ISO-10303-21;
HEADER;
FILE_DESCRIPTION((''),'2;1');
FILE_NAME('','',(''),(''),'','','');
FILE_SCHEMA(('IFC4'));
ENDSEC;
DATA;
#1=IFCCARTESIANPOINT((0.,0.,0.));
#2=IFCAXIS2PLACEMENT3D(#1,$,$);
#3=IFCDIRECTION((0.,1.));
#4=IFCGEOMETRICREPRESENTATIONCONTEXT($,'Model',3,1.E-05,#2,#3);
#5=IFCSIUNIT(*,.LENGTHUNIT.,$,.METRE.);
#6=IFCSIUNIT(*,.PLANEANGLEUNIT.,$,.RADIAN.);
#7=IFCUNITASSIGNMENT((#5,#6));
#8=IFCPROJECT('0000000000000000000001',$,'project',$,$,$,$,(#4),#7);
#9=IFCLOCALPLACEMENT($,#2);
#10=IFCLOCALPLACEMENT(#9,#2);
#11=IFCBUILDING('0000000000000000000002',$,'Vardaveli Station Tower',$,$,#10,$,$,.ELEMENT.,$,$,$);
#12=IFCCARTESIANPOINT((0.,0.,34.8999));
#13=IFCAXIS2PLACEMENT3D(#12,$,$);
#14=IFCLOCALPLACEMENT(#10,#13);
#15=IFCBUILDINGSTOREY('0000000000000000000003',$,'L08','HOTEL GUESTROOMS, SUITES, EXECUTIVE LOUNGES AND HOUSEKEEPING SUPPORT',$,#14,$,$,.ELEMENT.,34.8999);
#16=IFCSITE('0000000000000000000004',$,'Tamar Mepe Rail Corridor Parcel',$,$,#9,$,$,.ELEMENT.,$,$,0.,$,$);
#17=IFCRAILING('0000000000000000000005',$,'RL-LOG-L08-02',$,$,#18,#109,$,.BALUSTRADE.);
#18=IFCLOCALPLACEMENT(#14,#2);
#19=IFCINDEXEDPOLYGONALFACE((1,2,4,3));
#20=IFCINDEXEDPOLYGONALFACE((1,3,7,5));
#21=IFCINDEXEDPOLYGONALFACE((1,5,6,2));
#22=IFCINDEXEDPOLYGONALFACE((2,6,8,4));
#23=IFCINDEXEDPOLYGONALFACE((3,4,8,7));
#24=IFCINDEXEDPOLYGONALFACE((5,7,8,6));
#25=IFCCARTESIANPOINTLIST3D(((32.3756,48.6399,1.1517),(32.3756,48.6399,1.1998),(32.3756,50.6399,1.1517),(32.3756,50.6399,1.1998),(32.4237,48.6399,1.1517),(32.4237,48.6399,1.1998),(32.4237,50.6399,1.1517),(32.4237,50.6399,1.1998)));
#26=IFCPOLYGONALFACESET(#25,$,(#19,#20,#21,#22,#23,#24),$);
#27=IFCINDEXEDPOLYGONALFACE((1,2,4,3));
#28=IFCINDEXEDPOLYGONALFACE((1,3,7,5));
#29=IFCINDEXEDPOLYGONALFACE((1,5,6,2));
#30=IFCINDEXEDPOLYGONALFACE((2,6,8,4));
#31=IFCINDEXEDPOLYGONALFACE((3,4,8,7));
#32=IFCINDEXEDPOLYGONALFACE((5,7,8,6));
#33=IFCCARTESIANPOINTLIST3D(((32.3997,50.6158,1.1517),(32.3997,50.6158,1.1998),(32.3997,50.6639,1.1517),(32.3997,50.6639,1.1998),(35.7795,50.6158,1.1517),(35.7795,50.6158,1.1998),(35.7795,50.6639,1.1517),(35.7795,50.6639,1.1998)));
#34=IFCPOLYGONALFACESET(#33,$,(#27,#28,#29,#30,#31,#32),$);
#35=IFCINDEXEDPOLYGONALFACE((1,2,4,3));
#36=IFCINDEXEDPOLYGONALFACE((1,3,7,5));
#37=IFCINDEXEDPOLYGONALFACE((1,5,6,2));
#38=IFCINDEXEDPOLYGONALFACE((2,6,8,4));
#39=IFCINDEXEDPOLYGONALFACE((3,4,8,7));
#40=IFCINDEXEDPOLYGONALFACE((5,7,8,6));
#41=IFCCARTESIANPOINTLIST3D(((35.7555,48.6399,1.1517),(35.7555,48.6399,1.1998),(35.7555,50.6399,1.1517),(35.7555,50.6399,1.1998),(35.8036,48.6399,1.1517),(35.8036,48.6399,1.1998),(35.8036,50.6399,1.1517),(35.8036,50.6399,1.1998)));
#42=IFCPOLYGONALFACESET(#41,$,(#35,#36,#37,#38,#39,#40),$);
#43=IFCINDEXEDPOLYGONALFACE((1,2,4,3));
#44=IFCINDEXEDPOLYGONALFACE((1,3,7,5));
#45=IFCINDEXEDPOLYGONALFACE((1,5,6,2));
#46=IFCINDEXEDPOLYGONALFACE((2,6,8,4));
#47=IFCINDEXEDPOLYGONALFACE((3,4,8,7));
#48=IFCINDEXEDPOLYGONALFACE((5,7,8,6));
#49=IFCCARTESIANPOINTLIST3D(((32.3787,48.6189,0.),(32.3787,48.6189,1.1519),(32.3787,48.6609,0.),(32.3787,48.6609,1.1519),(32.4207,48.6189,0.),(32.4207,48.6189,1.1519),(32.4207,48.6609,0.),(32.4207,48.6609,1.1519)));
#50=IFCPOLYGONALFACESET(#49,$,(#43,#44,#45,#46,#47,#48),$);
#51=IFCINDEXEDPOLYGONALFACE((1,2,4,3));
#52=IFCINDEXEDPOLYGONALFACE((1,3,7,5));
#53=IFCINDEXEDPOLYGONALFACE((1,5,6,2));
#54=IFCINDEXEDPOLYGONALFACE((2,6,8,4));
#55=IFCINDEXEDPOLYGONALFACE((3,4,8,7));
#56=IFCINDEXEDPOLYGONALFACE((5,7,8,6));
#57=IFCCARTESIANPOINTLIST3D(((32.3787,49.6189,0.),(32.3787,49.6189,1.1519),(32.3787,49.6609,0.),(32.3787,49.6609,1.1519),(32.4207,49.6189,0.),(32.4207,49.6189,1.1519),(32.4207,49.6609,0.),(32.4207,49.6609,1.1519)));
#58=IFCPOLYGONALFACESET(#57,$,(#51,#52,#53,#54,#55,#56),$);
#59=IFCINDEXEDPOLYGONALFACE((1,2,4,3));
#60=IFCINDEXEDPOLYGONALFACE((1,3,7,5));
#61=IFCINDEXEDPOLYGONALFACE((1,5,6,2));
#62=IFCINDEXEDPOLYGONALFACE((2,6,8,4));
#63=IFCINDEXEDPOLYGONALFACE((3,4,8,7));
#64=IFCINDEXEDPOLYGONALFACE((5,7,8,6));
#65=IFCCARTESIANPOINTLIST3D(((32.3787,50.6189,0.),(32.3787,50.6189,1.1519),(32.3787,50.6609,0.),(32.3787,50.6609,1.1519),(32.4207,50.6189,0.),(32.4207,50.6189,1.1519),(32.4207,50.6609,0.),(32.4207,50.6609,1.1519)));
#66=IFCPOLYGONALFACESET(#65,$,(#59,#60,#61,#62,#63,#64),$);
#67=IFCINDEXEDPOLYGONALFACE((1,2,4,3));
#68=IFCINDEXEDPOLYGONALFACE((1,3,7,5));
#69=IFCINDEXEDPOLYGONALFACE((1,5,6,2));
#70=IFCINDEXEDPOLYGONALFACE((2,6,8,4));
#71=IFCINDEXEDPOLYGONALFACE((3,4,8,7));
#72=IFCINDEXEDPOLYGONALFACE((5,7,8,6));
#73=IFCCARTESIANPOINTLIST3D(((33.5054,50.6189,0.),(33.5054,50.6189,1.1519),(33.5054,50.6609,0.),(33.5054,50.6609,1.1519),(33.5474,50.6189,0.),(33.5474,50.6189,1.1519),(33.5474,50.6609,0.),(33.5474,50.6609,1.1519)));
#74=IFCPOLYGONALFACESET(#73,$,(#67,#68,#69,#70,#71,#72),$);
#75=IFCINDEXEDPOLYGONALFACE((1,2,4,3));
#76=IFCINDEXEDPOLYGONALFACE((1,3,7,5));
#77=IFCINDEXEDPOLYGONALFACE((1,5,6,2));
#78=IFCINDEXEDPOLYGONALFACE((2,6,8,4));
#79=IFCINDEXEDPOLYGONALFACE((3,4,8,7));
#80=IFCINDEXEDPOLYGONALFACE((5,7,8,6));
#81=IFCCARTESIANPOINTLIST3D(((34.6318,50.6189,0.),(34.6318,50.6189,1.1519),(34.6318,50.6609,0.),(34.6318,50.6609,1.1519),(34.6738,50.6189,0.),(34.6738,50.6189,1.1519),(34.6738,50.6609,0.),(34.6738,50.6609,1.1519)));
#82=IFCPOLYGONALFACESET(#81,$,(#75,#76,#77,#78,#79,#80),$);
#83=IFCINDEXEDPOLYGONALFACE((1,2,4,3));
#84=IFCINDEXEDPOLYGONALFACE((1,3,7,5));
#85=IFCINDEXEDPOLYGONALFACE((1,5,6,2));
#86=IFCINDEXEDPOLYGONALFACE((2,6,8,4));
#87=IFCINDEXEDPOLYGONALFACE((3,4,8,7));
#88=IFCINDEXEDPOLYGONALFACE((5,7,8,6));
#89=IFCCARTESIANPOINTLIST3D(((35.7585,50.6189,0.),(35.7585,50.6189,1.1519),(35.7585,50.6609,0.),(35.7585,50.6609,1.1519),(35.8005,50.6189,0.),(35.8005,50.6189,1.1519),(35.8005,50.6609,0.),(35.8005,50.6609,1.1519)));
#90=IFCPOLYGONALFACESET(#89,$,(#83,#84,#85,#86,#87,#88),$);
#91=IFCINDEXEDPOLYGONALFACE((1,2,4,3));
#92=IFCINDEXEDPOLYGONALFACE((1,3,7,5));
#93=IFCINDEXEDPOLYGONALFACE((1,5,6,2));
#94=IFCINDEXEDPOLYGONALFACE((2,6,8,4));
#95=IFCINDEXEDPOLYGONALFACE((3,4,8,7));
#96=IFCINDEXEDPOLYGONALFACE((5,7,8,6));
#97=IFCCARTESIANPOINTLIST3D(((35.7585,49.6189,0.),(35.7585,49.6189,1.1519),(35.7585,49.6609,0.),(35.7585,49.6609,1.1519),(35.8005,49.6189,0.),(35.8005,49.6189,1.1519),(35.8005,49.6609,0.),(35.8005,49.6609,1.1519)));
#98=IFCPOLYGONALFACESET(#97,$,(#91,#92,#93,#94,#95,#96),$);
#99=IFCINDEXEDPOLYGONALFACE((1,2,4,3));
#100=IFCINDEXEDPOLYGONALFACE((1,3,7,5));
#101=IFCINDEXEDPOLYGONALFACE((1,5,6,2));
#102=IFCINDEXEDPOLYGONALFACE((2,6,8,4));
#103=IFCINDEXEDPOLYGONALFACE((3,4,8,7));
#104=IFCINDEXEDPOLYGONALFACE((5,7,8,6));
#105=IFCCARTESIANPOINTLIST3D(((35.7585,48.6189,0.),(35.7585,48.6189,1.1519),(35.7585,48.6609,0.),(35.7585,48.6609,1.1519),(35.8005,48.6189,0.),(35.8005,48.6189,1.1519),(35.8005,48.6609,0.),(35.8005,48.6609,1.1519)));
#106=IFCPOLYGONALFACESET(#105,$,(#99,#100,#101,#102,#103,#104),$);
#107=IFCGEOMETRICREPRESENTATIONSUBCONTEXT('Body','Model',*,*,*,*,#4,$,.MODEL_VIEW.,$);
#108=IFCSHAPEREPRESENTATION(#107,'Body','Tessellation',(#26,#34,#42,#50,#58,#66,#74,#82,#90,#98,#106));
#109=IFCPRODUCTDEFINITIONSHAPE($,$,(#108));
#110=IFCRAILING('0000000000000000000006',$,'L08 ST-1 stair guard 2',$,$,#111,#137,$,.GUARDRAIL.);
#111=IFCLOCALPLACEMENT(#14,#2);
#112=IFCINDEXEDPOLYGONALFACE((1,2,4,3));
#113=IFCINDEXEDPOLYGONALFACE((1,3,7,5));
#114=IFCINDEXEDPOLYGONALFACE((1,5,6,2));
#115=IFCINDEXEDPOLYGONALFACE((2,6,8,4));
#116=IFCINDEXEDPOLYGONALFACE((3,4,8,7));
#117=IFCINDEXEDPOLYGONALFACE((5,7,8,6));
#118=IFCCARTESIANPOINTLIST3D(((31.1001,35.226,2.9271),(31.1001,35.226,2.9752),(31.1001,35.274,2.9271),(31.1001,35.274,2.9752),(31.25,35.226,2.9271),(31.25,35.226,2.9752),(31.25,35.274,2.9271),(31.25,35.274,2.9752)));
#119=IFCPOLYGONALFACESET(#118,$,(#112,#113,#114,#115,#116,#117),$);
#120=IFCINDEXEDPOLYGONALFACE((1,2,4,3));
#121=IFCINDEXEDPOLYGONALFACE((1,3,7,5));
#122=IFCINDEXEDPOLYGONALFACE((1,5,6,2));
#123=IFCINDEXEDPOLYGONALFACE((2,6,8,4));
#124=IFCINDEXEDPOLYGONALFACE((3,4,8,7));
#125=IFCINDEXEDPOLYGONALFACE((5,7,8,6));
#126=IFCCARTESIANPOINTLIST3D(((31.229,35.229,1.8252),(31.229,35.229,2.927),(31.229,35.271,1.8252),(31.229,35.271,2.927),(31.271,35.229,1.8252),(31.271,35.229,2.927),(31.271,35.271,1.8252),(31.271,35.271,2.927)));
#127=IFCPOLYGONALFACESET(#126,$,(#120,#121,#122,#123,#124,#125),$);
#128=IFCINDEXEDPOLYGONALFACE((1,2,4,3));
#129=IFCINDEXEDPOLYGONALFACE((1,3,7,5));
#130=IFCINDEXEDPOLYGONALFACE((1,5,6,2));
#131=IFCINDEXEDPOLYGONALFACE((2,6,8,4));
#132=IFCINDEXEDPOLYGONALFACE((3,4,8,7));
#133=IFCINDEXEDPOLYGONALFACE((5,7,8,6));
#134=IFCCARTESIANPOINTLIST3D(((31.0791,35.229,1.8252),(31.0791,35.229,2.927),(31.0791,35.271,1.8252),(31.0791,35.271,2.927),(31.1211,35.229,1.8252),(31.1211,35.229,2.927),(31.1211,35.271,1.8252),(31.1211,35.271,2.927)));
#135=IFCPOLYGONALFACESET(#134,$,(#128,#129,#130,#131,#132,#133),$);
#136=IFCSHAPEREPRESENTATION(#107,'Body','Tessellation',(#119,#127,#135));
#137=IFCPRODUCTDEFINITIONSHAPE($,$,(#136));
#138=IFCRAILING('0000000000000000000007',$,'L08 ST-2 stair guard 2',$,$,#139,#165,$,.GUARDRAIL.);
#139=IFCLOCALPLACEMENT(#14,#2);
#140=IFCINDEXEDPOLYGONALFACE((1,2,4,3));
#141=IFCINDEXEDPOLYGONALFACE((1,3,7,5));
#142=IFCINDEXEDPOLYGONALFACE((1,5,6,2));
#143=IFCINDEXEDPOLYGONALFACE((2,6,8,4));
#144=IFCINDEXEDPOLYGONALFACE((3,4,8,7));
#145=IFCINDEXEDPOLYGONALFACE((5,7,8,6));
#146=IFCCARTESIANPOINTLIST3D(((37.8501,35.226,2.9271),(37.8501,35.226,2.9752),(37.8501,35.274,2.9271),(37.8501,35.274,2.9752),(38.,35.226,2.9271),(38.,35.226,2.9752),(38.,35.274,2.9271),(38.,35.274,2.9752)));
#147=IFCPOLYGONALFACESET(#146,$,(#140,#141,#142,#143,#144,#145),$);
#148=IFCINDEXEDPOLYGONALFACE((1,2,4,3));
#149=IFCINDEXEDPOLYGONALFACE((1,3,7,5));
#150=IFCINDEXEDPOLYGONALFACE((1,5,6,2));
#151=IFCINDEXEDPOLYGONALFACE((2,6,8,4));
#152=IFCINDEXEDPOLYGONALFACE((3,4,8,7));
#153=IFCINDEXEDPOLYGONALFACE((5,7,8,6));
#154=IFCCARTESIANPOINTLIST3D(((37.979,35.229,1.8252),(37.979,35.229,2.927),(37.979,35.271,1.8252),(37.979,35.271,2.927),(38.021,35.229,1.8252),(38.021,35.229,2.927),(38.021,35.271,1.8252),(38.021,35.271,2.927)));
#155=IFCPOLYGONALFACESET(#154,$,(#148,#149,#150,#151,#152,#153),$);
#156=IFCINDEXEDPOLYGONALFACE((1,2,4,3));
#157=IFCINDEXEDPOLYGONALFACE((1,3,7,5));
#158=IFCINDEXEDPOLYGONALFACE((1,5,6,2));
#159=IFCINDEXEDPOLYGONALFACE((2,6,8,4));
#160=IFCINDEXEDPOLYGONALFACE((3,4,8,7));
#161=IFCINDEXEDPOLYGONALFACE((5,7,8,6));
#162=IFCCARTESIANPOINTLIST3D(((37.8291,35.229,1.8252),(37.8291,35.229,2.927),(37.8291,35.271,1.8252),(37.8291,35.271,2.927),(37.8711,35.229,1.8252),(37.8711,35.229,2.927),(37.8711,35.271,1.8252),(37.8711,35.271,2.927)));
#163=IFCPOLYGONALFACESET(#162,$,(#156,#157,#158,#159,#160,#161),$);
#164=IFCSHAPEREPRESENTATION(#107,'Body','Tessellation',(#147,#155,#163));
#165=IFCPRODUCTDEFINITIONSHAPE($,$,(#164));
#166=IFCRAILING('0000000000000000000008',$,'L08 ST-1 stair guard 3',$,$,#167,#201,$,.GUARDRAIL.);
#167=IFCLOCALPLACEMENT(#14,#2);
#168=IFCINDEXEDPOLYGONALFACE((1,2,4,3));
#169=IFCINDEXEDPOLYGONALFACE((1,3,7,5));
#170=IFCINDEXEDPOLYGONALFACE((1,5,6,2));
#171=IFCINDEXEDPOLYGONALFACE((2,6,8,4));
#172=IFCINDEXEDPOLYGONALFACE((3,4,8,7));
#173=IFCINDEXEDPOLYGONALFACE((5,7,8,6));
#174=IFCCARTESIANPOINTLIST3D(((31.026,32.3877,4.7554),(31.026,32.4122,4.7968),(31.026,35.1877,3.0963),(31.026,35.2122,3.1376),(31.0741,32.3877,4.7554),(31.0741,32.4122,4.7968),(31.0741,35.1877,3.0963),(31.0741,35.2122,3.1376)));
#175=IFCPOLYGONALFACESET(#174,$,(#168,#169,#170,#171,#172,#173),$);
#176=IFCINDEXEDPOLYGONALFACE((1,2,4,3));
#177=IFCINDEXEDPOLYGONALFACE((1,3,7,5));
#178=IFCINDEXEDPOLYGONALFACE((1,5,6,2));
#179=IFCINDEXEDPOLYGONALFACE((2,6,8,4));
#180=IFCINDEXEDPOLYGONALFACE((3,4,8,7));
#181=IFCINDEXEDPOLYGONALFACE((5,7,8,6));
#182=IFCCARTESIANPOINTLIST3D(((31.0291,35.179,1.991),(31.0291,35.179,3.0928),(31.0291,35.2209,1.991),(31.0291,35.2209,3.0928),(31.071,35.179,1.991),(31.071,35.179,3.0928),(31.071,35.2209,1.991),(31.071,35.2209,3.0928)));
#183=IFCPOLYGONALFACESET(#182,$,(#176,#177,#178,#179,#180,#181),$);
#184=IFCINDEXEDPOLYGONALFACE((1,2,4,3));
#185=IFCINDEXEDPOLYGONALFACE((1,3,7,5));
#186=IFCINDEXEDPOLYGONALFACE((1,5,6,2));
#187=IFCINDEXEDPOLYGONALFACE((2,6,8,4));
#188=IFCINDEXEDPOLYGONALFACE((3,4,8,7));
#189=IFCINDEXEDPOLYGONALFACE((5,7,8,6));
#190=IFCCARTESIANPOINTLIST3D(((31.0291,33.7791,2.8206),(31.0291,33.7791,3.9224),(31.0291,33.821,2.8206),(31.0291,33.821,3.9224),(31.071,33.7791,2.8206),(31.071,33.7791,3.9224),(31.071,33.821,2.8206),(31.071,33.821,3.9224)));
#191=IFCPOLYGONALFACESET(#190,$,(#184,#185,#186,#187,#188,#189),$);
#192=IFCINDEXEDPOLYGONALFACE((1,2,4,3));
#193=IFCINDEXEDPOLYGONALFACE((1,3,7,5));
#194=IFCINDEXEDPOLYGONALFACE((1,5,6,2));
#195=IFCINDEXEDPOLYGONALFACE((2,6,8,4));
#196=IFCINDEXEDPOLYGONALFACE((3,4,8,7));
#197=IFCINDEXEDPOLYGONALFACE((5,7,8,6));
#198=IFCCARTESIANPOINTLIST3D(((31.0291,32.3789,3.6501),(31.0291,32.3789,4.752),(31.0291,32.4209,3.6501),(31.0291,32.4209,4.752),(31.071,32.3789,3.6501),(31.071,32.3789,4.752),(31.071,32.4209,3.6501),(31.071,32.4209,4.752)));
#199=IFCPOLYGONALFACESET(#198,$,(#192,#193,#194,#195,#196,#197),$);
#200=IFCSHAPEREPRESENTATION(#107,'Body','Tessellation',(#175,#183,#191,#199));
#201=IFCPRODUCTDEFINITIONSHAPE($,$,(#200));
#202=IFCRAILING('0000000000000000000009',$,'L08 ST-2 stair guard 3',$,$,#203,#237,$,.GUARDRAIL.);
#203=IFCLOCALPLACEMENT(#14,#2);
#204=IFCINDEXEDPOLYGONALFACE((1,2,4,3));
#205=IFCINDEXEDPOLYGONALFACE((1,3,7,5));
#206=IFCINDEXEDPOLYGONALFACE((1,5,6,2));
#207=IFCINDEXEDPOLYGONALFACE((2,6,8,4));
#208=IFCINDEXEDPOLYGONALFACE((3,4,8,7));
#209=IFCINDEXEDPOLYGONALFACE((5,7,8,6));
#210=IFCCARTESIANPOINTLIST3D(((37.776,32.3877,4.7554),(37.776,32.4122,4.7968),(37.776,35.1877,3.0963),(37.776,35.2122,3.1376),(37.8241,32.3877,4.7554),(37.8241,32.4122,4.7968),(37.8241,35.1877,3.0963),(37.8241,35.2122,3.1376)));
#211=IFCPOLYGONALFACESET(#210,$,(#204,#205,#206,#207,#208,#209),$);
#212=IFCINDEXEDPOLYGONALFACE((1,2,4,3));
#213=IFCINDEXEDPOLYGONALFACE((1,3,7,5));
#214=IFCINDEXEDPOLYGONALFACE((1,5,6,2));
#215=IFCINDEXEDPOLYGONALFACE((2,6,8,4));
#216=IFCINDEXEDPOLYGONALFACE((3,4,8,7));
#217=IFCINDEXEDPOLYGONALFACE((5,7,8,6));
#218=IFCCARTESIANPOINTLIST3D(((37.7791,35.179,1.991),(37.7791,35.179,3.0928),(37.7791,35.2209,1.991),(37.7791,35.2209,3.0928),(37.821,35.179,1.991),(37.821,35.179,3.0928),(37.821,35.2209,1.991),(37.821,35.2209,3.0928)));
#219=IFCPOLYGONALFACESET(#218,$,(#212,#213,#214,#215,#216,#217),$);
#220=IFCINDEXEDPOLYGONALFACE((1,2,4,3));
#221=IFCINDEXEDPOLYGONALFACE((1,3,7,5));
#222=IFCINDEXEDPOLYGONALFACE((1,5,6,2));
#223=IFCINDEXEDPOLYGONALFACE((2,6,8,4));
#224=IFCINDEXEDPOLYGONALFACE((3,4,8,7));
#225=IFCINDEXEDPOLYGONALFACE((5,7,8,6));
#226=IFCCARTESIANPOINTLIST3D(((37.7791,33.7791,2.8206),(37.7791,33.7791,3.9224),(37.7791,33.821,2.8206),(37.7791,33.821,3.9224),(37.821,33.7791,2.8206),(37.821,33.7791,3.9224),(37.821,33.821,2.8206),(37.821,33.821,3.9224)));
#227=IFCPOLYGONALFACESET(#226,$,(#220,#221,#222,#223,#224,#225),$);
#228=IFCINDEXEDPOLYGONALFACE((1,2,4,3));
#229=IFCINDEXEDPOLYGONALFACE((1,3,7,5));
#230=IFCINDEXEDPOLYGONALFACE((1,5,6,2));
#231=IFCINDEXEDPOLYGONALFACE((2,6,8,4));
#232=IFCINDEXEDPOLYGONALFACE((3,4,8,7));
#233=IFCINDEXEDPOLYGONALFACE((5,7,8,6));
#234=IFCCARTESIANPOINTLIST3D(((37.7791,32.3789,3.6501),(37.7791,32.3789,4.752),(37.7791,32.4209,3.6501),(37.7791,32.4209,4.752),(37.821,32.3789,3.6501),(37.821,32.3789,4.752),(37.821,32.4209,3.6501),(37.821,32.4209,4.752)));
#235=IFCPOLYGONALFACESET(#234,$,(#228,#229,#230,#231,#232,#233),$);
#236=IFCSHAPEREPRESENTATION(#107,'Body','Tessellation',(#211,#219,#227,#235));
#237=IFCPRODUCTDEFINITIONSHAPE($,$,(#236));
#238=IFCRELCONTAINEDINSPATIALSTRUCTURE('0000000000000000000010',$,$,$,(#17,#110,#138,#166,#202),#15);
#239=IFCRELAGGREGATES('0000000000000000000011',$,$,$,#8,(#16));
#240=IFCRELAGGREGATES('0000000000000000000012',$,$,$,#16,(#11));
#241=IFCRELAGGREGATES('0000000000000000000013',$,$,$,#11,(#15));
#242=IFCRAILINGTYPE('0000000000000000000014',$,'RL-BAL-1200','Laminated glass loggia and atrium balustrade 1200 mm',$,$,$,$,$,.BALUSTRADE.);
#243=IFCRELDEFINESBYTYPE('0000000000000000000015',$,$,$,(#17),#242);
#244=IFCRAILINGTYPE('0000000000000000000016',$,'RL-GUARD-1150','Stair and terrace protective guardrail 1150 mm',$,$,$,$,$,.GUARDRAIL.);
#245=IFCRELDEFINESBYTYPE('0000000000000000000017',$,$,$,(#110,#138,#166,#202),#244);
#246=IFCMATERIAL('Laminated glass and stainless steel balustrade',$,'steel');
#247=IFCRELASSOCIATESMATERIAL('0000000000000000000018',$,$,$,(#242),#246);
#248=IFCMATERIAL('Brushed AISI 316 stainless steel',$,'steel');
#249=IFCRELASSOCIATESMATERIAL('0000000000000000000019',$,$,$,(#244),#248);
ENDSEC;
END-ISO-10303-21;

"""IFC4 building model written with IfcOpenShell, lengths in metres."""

from ifc_helpers import new_model, si_unit, direction, frame, origin, origin_2d, place, context, subcontext, project, spatial, rectangle, extrude, source, transform, mapped, material, type_object, element, save


model = new_model("IFC4")

# Units and contexts
model_context = context("Model", 3, precision=1e-05, world=origin(), true_north=direction((0.0, 1.0)))
body_context = subcontext(model_context, "Body", "Model", "MODEL_VIEW")
ifc_project = project(units=[si_unit("LENGTHUNIT", "METRE"), si_unit("PLANEANGLEUNIT", "RADIAN")], contexts=[model_context])

# Site, building, storey
site_placement = place(None, origin())
site = spatial("IfcSite", under=ifc_project, at=site_placement, Name="Tamar Mepe Rail Corridor Parcel", CompositionType="ELEMENT", RefElevation=0.0)
building_placement = place(site_placement, origin())
building = spatial("IfcBuilding", under=site, at=building_placement, Name="Vardaveli Station Tower", CompositionType="ELEMENT")
storey_placement = place(building_placement, frame((0.0, 0.0, 34.8999)))
storey = spatial("IfcBuildingStorey", under=building, at=storey_placement, Name="L08", Description="HOTEL GUESTROOMS, SUITES, EXECUTIVE LOUNGES AND HOUSEKEEPING SUPPORT", CompositionType="ELEMENT", Elevation=34.8999)

# Railings
ifc_material_1 = material(Name="Laminated glass and stainless steel balustrade", Category="steel")
railing_type_1 = type_object("IfcRailingType", Name="RL-BAL-1200", Description="Laminated glass loggia and atrium balustrade 1200 mm", PredefinedType="BALUSTRADE", material=ifc_material_1)
shared_shape_1 = source(origin(), body_context, "Body", "SweptSolid", [
    extrude(rectangle(XDim=0.0481, YDim=0.0481, at=origin_2d()), frame((0.0, 0.0, 1.1758), z_axis=(0.0, 1.0, 0.0), x_axis=(-1.0, 0.0, 0.0)), (0.0, 0.0, 1.0), 2.0),
    extrude(rectangle(XDim=0.0481, YDim=0.0481, at=origin_2d()), frame((0.0, 2.0, 1.1758), z_axis=(1.0, 0.0, 0.0), x_axis=(0.0, 1.0, 0.0)), (0.0, 0.0, 1.0), 3.3799),
    extrude(rectangle(XDim=0.0481, YDim=0.0481, at=origin_2d()), frame((3.3799, 2.0, 1.1758), z_axis=(0.0, -1.0, 0.0), x_axis=(1.0, 0.0, 0.0)), (0.0, 0.0, 1.0), 2.0),
    extrude(rectangle(XDim=0.042, YDim=0.042, at=origin_2d()), origin(), (0.0, 0.0, 1.0), 1.1519),
    extrude(rectangle(XDim=0.042, YDim=0.042, at=origin_2d()), frame((0.0, 1.0, 0.0)), (0.0, 0.0, 1.0), 1.1519),
    extrude(rectangle(XDim=0.042, YDim=0.042, at=origin_2d()), frame((0.0, 2.0, 0.0)), (0.0, 0.0, 1.0), 1.1519),
    extrude(rectangle(XDim=0.042, YDim=0.042, at=origin_2d()), frame((1.1267, 2.0, 0.0)), (0.0, 0.0, 1.0), 1.1519),
    extrude(rectangle(XDim=0.042, YDim=0.042, at=origin_2d()), frame((2.2532, 2.0, 0.0)), (0.0, 0.0, 1.0), 1.1519),
    extrude(rectangle(XDim=0.042, YDim=0.042, at=origin_2d()), frame((3.3799, 2.0, 0.0)), (0.0, 0.0, 1.0), 1.1519),
    extrude(rectangle(XDim=0.042, YDim=0.042, at=origin_2d()), frame((3.3799, 1.0, 0.0)), (0.0, 0.0, 1.0), 1.1519),
    extrude(rectangle(XDim=0.042, YDim=0.042, at=origin_2d()), frame((3.3799, 0.0, 0.0)), (0.0, 0.0, 1.0), 1.1519),
])
railing_1_placement = place(storey_placement, frame((32.3997, 48.6399, 0.0)))
element("IfcRailing", 1, at=railing_1_placement, inside=storey, type_object=railing_type_1, Name="RL-LOG-L08-02", PredefinedType="BALUSTRADE", context=body_context, shape_type="MappedRepresentation", body=[
    mapped(shared_shape_1, transform((0.0, 0.0, 0.0), scale=1.0)),
])
ifc_material_2 = material(Name="Brushed AISI 316 stainless steel", Category="steel")
railing_type_2 = type_object("IfcRailingType", Name="RL-GUARD-1150", Description="Stair and terrace protective guardrail 1150 mm", PredefinedType="GUARDRAIL", material=ifc_material_2)
shared_shape_2 = source(origin(), body_context, "Body", "SweptSolid", [
    extrude(rectangle(XDim=0.0481, YDim=0.0481, at=origin_2d()), frame((0.0, 0.0, 1.126), z_axis=(-1.0, 0.0, 0.0), x_axis=(0.0, -1.0, 0.0)), (0.0, 0.0, 1.0), 0.1499),
    extrude(rectangle(XDim=0.042, YDim=0.042, at=origin_2d()), origin(), (0.0, 0.0, 1.0), 1.1018),
    extrude(rectangle(XDim=0.042, YDim=0.042, at=origin_2d()), frame((-0.1499, 0.0, 0.0)), (0.0, 0.0, 1.0), 1.1018),
])
for number, where, name in (
    (2, (31.25, 35.25, 1.8252), "L08 ST-1 stair guard 2"),
    (3, (38.0, 35.25, 1.8252), "L08 ST-2 stair guard 2"),
):
    element("IfcRailing", number, at=place(storey_placement, frame(where)), inside=storey, type_object=railing_type_2, Name=name, PredefinedType="GUARDRAIL", context=body_context, shape_type="MappedRepresentation", body=[
        mapped(shared_shape_2, transform((0.0, 0.0, 0.0), scale=1.0)),
    ])
shared_shape_3 = source(origin(), body_context, "Body", "SweptSolid", [
    extrude(rectangle(XDim=0.0481, YDim=0.0481, at=origin_2d()), frame((0.0, 0.0, 1.126), z_axis=(0.0, -0.860306, 0.509778), x_axis=(1.0, 0.0, 0.0)), (0.0, 0.0, 1.0), 3.2546),
    extrude(rectangle(XDim=0.042, YDim=0.042, at=origin_2d()), origin(), (0.0, 0.0, 1.0), 1.1018),
    extrude(rectangle(XDim=0.042, YDim=0.042, at=origin_2d()), frame((0.0, -1.3999, 0.8296)), (0.0, 0.0, 1.0), 1.1018),
    extrude(rectangle(XDim=0.042, YDim=0.042, at=origin_2d()), frame((0.0, -2.8, 1.6592)), (0.0, 0.0, 1.0), 1.1018),
])
for number, where, name in (
    (4, (31.05, 35.2, 1.991), "L08 ST-1 stair guard 3"),
    (5, (37.8, 35.2, 1.991), "L08 ST-2 stair guard 3"),
):
    element("IfcRailing", number, at=place(storey_placement, frame(where)), inside=storey, type_object=railing_type_2, Name=name, PredefinedType="GUARDRAIL", context=body_context, shape_type="MappedRepresentation", body=[
        mapped(shared_shape_3, transform((0.0, 0.0, 0.0), scale=1.0)),
    ])

save(model, "model.ifc")
